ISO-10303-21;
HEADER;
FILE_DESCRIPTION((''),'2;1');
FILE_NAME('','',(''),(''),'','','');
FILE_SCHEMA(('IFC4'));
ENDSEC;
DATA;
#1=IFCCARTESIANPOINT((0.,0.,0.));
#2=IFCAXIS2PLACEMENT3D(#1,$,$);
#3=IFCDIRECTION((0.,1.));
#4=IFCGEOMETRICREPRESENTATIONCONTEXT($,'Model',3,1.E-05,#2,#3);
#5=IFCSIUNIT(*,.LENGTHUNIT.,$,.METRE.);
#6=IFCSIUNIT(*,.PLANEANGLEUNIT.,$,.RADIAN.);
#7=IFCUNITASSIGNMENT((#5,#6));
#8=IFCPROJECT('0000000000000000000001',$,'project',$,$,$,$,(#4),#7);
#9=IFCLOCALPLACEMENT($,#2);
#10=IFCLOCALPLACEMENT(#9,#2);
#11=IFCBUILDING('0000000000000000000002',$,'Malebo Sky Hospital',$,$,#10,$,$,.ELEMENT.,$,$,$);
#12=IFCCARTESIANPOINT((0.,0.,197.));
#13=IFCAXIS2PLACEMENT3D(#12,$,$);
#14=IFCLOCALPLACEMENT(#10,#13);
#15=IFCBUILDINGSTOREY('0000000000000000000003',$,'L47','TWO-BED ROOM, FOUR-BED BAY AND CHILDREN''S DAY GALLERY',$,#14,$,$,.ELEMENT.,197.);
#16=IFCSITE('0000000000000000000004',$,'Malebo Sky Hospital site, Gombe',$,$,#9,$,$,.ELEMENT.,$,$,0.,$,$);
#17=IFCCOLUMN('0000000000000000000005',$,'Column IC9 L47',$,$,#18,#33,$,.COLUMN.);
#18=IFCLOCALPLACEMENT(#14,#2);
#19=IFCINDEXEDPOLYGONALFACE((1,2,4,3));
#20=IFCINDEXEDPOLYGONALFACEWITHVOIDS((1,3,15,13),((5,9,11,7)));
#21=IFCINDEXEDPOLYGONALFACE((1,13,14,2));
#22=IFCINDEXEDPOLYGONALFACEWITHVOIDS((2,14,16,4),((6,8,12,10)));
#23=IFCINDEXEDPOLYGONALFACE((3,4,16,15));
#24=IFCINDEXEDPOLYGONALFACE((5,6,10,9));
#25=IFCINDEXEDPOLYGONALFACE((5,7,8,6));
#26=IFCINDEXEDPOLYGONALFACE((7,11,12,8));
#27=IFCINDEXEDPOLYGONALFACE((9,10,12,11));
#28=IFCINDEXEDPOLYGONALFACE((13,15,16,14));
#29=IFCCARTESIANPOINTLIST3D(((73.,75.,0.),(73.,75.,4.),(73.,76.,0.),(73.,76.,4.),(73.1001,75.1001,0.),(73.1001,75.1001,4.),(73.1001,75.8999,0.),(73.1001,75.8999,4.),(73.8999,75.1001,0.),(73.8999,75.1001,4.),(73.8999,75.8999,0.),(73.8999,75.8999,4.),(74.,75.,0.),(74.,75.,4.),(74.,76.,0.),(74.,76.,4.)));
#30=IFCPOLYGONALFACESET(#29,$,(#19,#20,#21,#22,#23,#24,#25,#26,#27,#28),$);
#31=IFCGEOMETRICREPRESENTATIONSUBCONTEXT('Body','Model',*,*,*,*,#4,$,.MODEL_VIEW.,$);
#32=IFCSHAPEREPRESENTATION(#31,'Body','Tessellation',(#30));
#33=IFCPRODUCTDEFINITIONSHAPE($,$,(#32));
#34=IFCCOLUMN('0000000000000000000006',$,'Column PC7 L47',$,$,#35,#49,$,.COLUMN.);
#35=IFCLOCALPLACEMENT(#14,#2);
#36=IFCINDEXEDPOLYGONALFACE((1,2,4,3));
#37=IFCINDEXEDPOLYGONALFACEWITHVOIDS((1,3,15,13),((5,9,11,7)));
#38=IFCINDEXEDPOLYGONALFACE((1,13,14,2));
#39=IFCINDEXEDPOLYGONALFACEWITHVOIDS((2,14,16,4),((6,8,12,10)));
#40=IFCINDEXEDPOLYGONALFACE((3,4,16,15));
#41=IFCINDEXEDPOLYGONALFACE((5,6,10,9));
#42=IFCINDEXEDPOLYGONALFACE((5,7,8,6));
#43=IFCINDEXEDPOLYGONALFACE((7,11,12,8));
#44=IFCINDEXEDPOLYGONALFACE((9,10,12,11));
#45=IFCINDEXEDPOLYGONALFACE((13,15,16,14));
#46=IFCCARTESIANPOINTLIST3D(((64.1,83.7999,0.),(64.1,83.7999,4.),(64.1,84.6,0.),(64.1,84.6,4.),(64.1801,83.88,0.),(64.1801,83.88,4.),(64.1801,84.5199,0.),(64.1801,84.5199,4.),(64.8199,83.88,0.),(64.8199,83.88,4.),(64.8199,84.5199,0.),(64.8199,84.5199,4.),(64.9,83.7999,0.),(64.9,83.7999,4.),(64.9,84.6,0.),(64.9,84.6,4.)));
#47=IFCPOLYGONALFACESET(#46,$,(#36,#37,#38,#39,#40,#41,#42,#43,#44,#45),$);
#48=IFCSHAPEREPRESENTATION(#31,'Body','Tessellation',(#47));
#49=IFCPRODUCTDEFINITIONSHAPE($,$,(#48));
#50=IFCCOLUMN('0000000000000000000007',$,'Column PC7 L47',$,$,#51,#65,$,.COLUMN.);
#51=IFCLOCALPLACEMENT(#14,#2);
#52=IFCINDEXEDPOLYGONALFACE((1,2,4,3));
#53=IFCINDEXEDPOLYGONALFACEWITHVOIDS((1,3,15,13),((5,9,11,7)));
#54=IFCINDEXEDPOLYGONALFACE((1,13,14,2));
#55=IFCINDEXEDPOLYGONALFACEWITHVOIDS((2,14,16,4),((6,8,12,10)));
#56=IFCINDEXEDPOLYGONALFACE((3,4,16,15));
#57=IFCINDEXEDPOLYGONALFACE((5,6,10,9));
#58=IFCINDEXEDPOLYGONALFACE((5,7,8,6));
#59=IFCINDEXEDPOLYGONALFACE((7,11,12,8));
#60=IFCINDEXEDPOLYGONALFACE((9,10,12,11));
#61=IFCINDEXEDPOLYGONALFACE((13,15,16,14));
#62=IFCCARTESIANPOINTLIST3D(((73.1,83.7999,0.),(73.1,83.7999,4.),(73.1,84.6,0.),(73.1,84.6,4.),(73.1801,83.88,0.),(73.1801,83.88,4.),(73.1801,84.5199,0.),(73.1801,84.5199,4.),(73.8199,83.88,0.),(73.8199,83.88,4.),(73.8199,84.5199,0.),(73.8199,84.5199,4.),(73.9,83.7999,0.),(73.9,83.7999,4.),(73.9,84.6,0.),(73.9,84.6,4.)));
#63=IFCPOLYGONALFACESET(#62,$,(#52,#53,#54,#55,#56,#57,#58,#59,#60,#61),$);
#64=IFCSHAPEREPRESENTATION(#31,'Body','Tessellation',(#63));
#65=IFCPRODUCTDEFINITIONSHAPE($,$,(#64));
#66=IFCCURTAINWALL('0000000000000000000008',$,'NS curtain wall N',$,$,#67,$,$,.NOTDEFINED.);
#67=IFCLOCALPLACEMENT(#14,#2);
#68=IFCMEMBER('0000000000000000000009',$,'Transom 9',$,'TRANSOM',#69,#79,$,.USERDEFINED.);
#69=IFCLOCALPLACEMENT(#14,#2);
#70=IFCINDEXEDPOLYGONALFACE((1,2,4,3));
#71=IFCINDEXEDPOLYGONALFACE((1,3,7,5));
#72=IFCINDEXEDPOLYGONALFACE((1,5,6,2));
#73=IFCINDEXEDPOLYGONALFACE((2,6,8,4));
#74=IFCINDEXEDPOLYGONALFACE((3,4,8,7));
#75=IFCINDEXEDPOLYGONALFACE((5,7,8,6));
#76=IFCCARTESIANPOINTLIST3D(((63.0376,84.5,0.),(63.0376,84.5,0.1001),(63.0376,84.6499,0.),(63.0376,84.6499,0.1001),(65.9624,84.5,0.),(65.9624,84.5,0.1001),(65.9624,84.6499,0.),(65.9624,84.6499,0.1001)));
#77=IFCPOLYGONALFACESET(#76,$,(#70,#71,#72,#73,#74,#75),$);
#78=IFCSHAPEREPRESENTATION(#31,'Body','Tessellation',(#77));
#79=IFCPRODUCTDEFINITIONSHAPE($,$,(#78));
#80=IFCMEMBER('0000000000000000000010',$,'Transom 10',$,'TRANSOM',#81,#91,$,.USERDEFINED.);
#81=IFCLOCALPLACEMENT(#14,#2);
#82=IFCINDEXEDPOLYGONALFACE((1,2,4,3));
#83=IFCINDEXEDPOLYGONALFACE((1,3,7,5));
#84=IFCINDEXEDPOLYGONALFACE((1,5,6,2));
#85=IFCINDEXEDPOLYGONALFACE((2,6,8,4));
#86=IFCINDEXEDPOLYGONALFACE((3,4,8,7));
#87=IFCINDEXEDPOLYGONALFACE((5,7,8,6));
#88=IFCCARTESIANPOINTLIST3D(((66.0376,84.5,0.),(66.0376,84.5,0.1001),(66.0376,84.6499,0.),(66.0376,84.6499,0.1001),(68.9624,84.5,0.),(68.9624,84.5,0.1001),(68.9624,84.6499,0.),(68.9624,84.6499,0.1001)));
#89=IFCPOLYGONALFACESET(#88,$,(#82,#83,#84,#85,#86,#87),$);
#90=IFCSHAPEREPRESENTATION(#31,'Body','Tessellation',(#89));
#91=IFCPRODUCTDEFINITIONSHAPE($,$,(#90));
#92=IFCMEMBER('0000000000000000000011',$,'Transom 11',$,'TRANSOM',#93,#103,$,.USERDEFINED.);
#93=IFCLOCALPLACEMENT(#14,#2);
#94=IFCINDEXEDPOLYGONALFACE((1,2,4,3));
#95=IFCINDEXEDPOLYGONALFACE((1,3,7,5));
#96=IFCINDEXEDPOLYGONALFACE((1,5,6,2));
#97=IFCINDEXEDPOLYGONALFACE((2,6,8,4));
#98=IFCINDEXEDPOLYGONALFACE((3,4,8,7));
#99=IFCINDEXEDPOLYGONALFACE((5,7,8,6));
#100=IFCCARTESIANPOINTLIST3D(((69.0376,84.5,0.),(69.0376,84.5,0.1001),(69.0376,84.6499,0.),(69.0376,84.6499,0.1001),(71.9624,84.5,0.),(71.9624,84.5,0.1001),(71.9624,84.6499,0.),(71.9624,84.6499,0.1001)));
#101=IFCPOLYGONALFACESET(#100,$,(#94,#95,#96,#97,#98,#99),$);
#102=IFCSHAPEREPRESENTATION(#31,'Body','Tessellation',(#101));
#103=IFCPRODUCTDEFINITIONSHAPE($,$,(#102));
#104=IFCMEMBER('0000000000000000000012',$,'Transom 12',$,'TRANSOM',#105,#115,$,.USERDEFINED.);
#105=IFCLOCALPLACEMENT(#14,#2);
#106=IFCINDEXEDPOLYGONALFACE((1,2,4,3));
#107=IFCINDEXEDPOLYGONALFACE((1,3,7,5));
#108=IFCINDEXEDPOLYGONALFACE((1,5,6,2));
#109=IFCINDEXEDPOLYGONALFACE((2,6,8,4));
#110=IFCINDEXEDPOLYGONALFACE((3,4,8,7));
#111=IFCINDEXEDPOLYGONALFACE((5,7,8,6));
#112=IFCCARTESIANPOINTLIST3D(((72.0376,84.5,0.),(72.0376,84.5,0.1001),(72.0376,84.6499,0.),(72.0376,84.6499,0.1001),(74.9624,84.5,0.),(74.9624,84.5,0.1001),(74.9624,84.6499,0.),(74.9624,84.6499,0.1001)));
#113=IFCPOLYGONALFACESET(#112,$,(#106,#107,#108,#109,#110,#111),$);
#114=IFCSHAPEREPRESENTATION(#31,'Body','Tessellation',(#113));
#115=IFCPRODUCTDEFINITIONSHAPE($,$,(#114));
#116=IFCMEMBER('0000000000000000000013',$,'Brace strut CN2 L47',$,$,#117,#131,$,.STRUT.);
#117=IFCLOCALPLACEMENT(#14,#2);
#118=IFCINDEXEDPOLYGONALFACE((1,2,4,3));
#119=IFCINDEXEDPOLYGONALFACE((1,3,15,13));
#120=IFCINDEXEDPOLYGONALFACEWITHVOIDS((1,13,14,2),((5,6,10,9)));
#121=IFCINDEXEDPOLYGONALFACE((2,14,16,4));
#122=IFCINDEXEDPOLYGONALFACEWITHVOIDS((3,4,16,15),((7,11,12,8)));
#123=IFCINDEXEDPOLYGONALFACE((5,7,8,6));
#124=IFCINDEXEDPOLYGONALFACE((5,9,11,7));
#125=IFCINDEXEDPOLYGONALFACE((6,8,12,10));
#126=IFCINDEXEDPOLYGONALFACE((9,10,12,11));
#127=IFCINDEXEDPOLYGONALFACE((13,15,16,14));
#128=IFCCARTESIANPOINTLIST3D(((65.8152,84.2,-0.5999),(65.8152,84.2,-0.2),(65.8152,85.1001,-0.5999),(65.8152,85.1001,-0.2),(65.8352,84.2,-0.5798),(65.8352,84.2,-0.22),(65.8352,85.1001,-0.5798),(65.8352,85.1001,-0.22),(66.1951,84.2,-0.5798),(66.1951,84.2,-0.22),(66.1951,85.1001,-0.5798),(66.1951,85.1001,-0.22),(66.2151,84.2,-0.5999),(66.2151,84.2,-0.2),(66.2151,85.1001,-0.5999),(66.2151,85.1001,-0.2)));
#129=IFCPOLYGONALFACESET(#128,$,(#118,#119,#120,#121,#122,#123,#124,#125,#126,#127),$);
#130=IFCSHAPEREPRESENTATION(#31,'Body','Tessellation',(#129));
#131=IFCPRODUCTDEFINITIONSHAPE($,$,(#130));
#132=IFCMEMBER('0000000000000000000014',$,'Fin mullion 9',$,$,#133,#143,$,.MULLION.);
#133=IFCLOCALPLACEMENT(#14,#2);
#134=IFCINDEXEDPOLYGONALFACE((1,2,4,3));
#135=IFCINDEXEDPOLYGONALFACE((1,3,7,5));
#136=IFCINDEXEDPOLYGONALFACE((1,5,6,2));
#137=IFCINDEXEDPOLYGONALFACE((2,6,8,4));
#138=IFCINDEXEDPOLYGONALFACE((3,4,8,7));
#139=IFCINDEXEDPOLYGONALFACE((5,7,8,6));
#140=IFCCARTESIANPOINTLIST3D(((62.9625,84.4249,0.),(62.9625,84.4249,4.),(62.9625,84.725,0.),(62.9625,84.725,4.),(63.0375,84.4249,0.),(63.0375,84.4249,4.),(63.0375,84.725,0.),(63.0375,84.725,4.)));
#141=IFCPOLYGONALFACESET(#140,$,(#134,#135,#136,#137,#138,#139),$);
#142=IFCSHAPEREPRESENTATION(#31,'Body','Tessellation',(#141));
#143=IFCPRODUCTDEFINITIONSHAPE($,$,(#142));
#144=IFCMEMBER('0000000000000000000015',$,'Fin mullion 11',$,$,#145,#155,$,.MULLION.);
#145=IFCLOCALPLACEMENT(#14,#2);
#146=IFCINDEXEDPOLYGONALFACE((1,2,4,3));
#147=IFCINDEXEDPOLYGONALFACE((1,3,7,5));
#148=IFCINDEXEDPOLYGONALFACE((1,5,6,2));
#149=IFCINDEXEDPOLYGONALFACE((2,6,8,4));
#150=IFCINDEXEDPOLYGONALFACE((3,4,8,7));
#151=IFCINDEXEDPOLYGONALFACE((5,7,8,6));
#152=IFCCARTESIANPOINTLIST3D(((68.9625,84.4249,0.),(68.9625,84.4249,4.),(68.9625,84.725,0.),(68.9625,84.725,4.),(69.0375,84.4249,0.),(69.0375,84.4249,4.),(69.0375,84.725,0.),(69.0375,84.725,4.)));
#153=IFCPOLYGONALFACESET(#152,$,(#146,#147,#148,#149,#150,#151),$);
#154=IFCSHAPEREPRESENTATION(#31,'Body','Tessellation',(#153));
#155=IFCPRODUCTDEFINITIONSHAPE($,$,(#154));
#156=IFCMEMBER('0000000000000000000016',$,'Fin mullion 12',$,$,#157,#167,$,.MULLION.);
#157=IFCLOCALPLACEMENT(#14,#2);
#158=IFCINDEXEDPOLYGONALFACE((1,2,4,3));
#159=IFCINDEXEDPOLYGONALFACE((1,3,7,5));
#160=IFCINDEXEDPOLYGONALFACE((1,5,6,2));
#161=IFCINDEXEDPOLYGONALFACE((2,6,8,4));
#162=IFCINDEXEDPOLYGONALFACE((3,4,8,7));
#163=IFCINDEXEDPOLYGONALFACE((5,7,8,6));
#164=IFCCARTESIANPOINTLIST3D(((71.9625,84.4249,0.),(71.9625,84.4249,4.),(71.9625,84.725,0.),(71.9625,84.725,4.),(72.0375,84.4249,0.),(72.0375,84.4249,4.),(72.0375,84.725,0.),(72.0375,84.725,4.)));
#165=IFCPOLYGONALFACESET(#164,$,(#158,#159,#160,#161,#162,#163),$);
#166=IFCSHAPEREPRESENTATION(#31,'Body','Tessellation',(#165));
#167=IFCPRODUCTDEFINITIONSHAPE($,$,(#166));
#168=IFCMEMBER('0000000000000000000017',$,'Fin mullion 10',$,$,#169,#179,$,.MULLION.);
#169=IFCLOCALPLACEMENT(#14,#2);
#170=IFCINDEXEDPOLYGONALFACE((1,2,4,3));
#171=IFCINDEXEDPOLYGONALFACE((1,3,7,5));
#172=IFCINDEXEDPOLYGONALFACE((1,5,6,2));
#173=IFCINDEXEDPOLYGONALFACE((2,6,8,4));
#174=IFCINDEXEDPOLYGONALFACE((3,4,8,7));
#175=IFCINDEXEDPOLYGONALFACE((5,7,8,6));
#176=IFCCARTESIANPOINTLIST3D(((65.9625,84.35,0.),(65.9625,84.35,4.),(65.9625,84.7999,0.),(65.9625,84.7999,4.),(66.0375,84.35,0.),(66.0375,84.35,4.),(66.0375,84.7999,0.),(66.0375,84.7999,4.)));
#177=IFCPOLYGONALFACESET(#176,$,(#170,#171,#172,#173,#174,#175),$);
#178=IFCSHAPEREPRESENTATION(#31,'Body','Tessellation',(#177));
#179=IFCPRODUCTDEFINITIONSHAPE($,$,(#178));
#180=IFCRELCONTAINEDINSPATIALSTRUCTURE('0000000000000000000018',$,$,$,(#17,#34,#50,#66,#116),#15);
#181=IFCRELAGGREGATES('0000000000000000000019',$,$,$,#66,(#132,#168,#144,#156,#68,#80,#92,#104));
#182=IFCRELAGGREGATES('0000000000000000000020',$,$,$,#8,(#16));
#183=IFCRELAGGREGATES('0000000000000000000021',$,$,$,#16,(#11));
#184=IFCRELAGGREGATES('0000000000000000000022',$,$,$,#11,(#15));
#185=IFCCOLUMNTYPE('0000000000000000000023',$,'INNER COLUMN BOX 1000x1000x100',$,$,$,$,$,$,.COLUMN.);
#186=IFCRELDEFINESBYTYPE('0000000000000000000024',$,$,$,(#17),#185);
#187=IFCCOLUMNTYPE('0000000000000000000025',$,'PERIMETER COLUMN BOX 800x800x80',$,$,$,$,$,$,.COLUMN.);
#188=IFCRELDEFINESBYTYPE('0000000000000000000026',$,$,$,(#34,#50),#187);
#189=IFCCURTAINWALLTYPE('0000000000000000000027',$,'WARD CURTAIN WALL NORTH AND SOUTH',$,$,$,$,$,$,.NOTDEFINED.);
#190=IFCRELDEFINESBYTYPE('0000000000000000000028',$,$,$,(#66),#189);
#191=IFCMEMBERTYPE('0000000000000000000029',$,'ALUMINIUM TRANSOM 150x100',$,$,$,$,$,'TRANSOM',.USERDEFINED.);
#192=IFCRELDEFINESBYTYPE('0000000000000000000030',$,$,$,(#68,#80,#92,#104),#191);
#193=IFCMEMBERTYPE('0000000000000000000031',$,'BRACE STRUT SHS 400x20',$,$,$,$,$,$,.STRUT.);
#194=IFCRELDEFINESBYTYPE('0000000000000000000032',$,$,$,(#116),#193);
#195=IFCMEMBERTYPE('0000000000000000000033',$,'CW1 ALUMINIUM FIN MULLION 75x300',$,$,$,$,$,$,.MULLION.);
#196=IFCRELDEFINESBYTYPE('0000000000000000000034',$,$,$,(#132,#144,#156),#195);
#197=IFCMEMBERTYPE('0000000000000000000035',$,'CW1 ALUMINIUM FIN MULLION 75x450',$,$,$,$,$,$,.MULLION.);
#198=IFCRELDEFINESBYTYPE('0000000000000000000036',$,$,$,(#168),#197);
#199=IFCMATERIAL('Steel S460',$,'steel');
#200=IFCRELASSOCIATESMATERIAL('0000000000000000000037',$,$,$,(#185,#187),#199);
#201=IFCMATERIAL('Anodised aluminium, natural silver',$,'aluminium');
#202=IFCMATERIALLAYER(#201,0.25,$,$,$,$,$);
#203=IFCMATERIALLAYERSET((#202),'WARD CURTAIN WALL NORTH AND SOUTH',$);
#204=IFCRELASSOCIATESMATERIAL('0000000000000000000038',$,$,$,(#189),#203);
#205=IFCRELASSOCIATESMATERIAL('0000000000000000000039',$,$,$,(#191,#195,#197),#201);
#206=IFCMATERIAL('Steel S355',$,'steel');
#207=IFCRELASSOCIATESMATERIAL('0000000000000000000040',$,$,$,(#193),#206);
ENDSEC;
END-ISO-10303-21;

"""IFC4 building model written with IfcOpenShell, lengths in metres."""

from ifc_helpers import new_model, si_unit, direction, frame, origin, origin_2d, place, context, subcontext, project, spatial, rectangle, hollow_rectangle, extrude, material, layer, layer_set, material_profile, profile_set, type_object, element, aggregate, save


model = new_model("IFC4")

# Units and contexts
model_context = context("Model", 3, precision=1e-05, world=origin(), true_north=direction((0.0, 1.0)))
body_context = subcontext(model_context, "Body", "Model", "MODEL_VIEW")
ifc_project = project(units=[si_unit("LENGTHUNIT", "METRE"), si_unit("PLANEANGLEUNIT", "RADIAN")], contexts=[model_context])

# Site, building, storey
site_placement = place(None, origin())
site = spatial("IfcSite", under=ifc_project, at=site_placement, Name="Malebo Sky Hospital site, Gombe", CompositionType="ELEMENT", RefElevation=0.0)
building_placement = place(site_placement, origin())
building = spatial("IfcBuilding", under=site, at=building_placement, Name="Malebo Sky Hospital", CompositionType="ELEMENT")
storey_placement = place(building_placement, frame((0.0, 0.0, 197.0)))
storey = spatial("IfcBuildingStorey", under=building, at=storey_placement, Name="L47", Description="TWO-BED ROOM, FOUR-BED BAY AND CHILDREN'S DAY GALLERY", CompositionType="ELEMENT", Elevation=197.0)

# Columns
ifc_material_1 = material(Name="Steel S460", Category="steel")
ifc_material_profile_1 = material_profile(ifc_material_1, hollow_rectangle(XDim=1.0, YDim=1.0, WallThickness=0.1001, at=origin_2d()), Name="BOX 1000x1000x100")
ifc_profile_set_1 = profile_set([ifc_material_profile_1], Name="Steel S460")
column_type_1 = type_object("IfcColumnType", Name="INNER COLUMN BOX 1000x1000x100", PredefinedType="COLUMN", material=ifc_profile_set_1)
column_placement = place(storey_placement, frame((73.5, 75.5, 0.0), z_axis=(0.0, 0.0, 1.0), x_axis=(1.0, 0.0, 0.0)))
element("IfcColumn", 1, at=column_placement, inside=storey, type_object=column_type_1, Name="Column IC9 L47", PredefinedType="COLUMN", context=body_context, shape_type="SweptSolid", body=[
    extrude(hollow_rectangle(XDim=1.0, YDim=1.0, WallThickness=0.1001, at=origin_2d()), origin(), (0.0, 0.0, 1.0), 4.0),
])
ifc_material_profile_2 = material_profile(ifc_material_1, hollow_rectangle(XDim=0.8, YDim=0.8, WallThickness=0.0801, at=origin_2d()), Name="BOX 800x800x80")
ifc_profile_set_2 = profile_set([ifc_material_profile_2], Name="Steel S460")
column_type_2 = type_object("IfcColumnType", Name="PERIMETER COLUMN BOX 800x800x80", PredefinedType="COLUMN", material=ifc_profile_set_2)
for number, where, z_axis, x_axis, name in (
    (2, (64.5, 84.2, 0.0), (0.0, 0.0, 1.0), (1.0, 0.0, 0.0), "Column PC7 L47"),
    (3, (73.5, 84.2, 0.0), (0.0, 0.0, 1.0), (1.0, 0.0, 0.0), "Column PC7 L47"),
):
    element("IfcColumn", number, at=place(storey_placement, frame(where, z_axis=z_axis, x_axis=x_axis)), inside=storey, type_object=column_type_2, Name=name, PredefinedType="COLUMN", context=body_context, shape_type="SweptSolid", body=[
        extrude(hollow_rectangle(XDim=0.8, YDim=0.8, WallThickness=0.0801, at=origin_2d()), origin(), (0.0, 0.0, 1.0), 4.0),
    ])

# Curtain wall, members
ifc_material_2 = material(Name="Anodised aluminium, natural silver", Category="aluminium")
ifc_layer_1 = layer(ifc_material_2, 0.25)
ifc_layer_set_1 = layer_set([ifc_layer_1], Name="WARD CURTAIN WALL NORTH AND SOUTH")
curtain_wall_type = type_object("IfcCurtainWallType", Name="WARD CURTAIN WALL NORTH AND SOUTH", PredefinedType="NOTDEFINED", material=ifc_layer_set_1)
curtain_wall_placement = place(storey_placement, origin())
curtain_wall = element("IfcCurtainWall", 4, at=curtain_wall_placement, inside=storey, type_object=curtain_wall_type, Name="NS curtain wall N", PredefinedType="NOTDEFINED")
ifc_material_profile_3 = material_profile(ifc_material_2, rectangle(XDim=0.1499, YDim=0.1001, at=origin_2d()), Name="ALUMINIUM TRANSOM 150x100")
ifc_profile_set_3 = profile_set([ifc_material_profile_3], Name="Anodised aluminium, natural silver")
member_type_1 = type_object("IfcMemberType", Name="ALUMINIUM TRANSOM 150x100", ElementType="TRANSOM", PredefinedType="USERDEFINED", material=ifc_profile_set_3)
member_1_placement = place(storey_placement, frame((63.0376, 84.575, 0.05), z_axis=(1.0, 0.0, 0.0), x_axis=(0.0, 1.0, 0.0)))
member_1 = element("IfcMember", 5, at=member_1_placement, type_object=member_type_1, Name="Transom 9", ObjectType="TRANSOM", PredefinedType="USERDEFINED", context=body_context, shape_type="SweptSolid", body=[
    extrude(rectangle(XDim=0.1499, YDim=0.1001, at=origin_2d()), origin(), (0.0, 0.0, 1.0), 2.9248),
])
member_2_placement = place(storey_placement, frame((66.0376, 84.575, 0.05), z_axis=(1.0, 0.0, 0.0), x_axis=(0.0, 1.0, 0.0)))
member_2 = element("IfcMember", 6, at=member_2_placement, type_object=member_type_1, Name="Transom 10", ObjectType="TRANSOM", PredefinedType="USERDEFINED", context=body_context, shape_type="SweptSolid", body=[
    extrude(rectangle(XDim=0.1499, YDim=0.1001, at=origin_2d()), origin(), (0.0, 0.0, 1.0), 2.9248),
])
member_3_placement = place(storey_placement, frame((69.0376, 84.575, 0.05), z_axis=(1.0, 0.0, 0.0), x_axis=(0.0, 1.0, 0.0)))
member_3 = element("IfcMember", 7, at=member_3_placement, type_object=member_type_1, Name="Transom 11", ObjectType="TRANSOM", PredefinedType="USERDEFINED", context=body_context, shape_type="SweptSolid", body=[
    extrude(rectangle(XDim=0.1499, YDim=0.1001, at=origin_2d()), origin(), (0.0, 0.0, 1.0), 2.9248),
])
member_4_placement = place(storey_placement, frame((72.0376, 84.575, 0.05), z_axis=(1.0, 0.0, 0.0), x_axis=(0.0, 1.0, 0.0)))
member_4 = element("IfcMember", 8, at=member_4_placement, type_object=member_type_1, Name="Transom 12", ObjectType="TRANSOM", PredefinedType="USERDEFINED", context=body_context, shape_type="SweptSolid", body=[
    extrude(rectangle(XDim=0.1499, YDim=0.1001, at=origin_2d()), origin(), (0.0, 0.0, 1.0), 2.9248),
])

# Members
ifc_material_3 = material(Name="Steel S355", Category="steel")
ifc_material_profile_4 = material_profile(ifc_material_3, hollow_rectangle(XDim=0.3999, YDim=0.3999, WallThickness=0.02, at=origin_2d()), Name="SHS 400x20")
ifc_profile_set_4 = profile_set([ifc_material_profile_4], Name="Steel S355")
member_type_2 = type_object("IfcMemberType", Name="BRACE STRUT SHS 400x20", PredefinedType="STRUT", material=ifc_profile_set_4)
member_5_placement = place(storey_placement, frame((66.0151, 85.1001, -0.3999), z_axis=(0.0, -1.0, 0.0), x_axis=(1.0, 0.0, 0.0)))
element("IfcMember", 9, at=member_5_placement, inside=storey, type_object=member_type_2, Name="Brace strut CN2 L47", PredefinedType="STRUT", context=body_context, shape_type="SweptSolid", body=[
    extrude(hollow_rectangle(XDim=0.3999, YDim=0.3999, WallThickness=0.02, at=origin_2d()), origin(), (0.0, 0.0, 1.0), 0.9001),
])
ifc_material_profile_5 = material_profile(ifc_material_2, rectangle(XDim=0.075, YDim=0.3, at=origin_2d()), Name="CW1 ALUMINIUM FIN MULLION 75x300")
ifc_profile_set_5 = profile_set([ifc_material_profile_5], Name="Anodised aluminium, natural silver")
member_type_3 = type_object("IfcMemberType", Name="CW1 ALUMINIUM FIN MULLION 75x300", PredefinedType="MULLION", material=ifc_profile_set_5)
member_6_placement = place(storey_placement, frame((63.0, 84.575, 0.0), z_axis=(0.0, 0.0, 1.0), x_axis=(1.0, 0.0, 0.0)))
member_6 = element("IfcMember", 10, at=member_6_placement, type_object=member_type_3, Name="Fin mullion 9", PredefinedType="MULLION", context=body_context, shape_type="SweptSolid", body=[
    extrude(rectangle(XDim=0.075, YDim=0.3, at=origin_2d()), origin(), (0.0, 0.0, 1.0), 4.0),
])
member_7_placement = place(storey_placement, frame((69.0, 84.575, 0.0), z_axis=(0.0, 0.0, 1.0), x_axis=(1.0, 0.0, 0.0)))
member_7 = element("IfcMember", 11, at=member_7_placement, type_object=member_type_3, Name="Fin mullion 11", PredefinedType="MULLION", context=body_context, shape_type="SweptSolid", body=[
    extrude(rectangle(XDim=0.075, YDim=0.3, at=origin_2d()), origin(), (0.0, 0.0, 1.0), 4.0),
])
member_8_placement = place(storey_placement, frame((72.0, 84.575, 0.0), z_axis=(0.0, 0.0, 1.0), x_axis=(1.0, 0.0, 0.0)))
member_8 = element("IfcMember", 12, at=member_8_placement, type_object=member_type_3, Name="Fin mullion 12", PredefinedType="MULLION", context=body_context, shape_type="SweptSolid", body=[
    extrude(rectangle(XDim=0.075, YDim=0.3, at=origin_2d()), origin(), (0.0, 0.0, 1.0), 4.0),
])
ifc_material_profile_6 = material_profile(ifc_material_2, rectangle(XDim=0.075, YDim=0.45, at=origin_2d()), Name="CW1 ALUMINIUM FIN MULLION 75x450")
ifc_profile_set_6 = profile_set([ifc_material_profile_6], Name="Anodised aluminium, natural silver")
member_type_4 = type_object("IfcMemberType", Name="CW1 ALUMINIUM FIN MULLION 75x450", PredefinedType="MULLION", material=ifc_profile_set_6)
member_9_placement = place(storey_placement, frame((66.0, 84.575, 0.0), z_axis=(0.0, 0.0, 1.0), x_axis=(1.0, 0.0, 0.0)))
member_9 = element("IfcMember", 13, at=member_9_placement, type_object=member_type_4, Name="Fin mullion 10", PredefinedType="MULLION", context=body_context, shape_type="SweptSolid", body=[
    extrude(rectangle(XDim=0.075, YDim=0.45, at=origin_2d()), origin(), (0.0, 0.0, 1.0), 4.0),
])

aggregate(curtain_wall, [member_6, member_9, member_7, member_8, member_1, member_2, member_3, member_4])

save(model, "model.ifc")
